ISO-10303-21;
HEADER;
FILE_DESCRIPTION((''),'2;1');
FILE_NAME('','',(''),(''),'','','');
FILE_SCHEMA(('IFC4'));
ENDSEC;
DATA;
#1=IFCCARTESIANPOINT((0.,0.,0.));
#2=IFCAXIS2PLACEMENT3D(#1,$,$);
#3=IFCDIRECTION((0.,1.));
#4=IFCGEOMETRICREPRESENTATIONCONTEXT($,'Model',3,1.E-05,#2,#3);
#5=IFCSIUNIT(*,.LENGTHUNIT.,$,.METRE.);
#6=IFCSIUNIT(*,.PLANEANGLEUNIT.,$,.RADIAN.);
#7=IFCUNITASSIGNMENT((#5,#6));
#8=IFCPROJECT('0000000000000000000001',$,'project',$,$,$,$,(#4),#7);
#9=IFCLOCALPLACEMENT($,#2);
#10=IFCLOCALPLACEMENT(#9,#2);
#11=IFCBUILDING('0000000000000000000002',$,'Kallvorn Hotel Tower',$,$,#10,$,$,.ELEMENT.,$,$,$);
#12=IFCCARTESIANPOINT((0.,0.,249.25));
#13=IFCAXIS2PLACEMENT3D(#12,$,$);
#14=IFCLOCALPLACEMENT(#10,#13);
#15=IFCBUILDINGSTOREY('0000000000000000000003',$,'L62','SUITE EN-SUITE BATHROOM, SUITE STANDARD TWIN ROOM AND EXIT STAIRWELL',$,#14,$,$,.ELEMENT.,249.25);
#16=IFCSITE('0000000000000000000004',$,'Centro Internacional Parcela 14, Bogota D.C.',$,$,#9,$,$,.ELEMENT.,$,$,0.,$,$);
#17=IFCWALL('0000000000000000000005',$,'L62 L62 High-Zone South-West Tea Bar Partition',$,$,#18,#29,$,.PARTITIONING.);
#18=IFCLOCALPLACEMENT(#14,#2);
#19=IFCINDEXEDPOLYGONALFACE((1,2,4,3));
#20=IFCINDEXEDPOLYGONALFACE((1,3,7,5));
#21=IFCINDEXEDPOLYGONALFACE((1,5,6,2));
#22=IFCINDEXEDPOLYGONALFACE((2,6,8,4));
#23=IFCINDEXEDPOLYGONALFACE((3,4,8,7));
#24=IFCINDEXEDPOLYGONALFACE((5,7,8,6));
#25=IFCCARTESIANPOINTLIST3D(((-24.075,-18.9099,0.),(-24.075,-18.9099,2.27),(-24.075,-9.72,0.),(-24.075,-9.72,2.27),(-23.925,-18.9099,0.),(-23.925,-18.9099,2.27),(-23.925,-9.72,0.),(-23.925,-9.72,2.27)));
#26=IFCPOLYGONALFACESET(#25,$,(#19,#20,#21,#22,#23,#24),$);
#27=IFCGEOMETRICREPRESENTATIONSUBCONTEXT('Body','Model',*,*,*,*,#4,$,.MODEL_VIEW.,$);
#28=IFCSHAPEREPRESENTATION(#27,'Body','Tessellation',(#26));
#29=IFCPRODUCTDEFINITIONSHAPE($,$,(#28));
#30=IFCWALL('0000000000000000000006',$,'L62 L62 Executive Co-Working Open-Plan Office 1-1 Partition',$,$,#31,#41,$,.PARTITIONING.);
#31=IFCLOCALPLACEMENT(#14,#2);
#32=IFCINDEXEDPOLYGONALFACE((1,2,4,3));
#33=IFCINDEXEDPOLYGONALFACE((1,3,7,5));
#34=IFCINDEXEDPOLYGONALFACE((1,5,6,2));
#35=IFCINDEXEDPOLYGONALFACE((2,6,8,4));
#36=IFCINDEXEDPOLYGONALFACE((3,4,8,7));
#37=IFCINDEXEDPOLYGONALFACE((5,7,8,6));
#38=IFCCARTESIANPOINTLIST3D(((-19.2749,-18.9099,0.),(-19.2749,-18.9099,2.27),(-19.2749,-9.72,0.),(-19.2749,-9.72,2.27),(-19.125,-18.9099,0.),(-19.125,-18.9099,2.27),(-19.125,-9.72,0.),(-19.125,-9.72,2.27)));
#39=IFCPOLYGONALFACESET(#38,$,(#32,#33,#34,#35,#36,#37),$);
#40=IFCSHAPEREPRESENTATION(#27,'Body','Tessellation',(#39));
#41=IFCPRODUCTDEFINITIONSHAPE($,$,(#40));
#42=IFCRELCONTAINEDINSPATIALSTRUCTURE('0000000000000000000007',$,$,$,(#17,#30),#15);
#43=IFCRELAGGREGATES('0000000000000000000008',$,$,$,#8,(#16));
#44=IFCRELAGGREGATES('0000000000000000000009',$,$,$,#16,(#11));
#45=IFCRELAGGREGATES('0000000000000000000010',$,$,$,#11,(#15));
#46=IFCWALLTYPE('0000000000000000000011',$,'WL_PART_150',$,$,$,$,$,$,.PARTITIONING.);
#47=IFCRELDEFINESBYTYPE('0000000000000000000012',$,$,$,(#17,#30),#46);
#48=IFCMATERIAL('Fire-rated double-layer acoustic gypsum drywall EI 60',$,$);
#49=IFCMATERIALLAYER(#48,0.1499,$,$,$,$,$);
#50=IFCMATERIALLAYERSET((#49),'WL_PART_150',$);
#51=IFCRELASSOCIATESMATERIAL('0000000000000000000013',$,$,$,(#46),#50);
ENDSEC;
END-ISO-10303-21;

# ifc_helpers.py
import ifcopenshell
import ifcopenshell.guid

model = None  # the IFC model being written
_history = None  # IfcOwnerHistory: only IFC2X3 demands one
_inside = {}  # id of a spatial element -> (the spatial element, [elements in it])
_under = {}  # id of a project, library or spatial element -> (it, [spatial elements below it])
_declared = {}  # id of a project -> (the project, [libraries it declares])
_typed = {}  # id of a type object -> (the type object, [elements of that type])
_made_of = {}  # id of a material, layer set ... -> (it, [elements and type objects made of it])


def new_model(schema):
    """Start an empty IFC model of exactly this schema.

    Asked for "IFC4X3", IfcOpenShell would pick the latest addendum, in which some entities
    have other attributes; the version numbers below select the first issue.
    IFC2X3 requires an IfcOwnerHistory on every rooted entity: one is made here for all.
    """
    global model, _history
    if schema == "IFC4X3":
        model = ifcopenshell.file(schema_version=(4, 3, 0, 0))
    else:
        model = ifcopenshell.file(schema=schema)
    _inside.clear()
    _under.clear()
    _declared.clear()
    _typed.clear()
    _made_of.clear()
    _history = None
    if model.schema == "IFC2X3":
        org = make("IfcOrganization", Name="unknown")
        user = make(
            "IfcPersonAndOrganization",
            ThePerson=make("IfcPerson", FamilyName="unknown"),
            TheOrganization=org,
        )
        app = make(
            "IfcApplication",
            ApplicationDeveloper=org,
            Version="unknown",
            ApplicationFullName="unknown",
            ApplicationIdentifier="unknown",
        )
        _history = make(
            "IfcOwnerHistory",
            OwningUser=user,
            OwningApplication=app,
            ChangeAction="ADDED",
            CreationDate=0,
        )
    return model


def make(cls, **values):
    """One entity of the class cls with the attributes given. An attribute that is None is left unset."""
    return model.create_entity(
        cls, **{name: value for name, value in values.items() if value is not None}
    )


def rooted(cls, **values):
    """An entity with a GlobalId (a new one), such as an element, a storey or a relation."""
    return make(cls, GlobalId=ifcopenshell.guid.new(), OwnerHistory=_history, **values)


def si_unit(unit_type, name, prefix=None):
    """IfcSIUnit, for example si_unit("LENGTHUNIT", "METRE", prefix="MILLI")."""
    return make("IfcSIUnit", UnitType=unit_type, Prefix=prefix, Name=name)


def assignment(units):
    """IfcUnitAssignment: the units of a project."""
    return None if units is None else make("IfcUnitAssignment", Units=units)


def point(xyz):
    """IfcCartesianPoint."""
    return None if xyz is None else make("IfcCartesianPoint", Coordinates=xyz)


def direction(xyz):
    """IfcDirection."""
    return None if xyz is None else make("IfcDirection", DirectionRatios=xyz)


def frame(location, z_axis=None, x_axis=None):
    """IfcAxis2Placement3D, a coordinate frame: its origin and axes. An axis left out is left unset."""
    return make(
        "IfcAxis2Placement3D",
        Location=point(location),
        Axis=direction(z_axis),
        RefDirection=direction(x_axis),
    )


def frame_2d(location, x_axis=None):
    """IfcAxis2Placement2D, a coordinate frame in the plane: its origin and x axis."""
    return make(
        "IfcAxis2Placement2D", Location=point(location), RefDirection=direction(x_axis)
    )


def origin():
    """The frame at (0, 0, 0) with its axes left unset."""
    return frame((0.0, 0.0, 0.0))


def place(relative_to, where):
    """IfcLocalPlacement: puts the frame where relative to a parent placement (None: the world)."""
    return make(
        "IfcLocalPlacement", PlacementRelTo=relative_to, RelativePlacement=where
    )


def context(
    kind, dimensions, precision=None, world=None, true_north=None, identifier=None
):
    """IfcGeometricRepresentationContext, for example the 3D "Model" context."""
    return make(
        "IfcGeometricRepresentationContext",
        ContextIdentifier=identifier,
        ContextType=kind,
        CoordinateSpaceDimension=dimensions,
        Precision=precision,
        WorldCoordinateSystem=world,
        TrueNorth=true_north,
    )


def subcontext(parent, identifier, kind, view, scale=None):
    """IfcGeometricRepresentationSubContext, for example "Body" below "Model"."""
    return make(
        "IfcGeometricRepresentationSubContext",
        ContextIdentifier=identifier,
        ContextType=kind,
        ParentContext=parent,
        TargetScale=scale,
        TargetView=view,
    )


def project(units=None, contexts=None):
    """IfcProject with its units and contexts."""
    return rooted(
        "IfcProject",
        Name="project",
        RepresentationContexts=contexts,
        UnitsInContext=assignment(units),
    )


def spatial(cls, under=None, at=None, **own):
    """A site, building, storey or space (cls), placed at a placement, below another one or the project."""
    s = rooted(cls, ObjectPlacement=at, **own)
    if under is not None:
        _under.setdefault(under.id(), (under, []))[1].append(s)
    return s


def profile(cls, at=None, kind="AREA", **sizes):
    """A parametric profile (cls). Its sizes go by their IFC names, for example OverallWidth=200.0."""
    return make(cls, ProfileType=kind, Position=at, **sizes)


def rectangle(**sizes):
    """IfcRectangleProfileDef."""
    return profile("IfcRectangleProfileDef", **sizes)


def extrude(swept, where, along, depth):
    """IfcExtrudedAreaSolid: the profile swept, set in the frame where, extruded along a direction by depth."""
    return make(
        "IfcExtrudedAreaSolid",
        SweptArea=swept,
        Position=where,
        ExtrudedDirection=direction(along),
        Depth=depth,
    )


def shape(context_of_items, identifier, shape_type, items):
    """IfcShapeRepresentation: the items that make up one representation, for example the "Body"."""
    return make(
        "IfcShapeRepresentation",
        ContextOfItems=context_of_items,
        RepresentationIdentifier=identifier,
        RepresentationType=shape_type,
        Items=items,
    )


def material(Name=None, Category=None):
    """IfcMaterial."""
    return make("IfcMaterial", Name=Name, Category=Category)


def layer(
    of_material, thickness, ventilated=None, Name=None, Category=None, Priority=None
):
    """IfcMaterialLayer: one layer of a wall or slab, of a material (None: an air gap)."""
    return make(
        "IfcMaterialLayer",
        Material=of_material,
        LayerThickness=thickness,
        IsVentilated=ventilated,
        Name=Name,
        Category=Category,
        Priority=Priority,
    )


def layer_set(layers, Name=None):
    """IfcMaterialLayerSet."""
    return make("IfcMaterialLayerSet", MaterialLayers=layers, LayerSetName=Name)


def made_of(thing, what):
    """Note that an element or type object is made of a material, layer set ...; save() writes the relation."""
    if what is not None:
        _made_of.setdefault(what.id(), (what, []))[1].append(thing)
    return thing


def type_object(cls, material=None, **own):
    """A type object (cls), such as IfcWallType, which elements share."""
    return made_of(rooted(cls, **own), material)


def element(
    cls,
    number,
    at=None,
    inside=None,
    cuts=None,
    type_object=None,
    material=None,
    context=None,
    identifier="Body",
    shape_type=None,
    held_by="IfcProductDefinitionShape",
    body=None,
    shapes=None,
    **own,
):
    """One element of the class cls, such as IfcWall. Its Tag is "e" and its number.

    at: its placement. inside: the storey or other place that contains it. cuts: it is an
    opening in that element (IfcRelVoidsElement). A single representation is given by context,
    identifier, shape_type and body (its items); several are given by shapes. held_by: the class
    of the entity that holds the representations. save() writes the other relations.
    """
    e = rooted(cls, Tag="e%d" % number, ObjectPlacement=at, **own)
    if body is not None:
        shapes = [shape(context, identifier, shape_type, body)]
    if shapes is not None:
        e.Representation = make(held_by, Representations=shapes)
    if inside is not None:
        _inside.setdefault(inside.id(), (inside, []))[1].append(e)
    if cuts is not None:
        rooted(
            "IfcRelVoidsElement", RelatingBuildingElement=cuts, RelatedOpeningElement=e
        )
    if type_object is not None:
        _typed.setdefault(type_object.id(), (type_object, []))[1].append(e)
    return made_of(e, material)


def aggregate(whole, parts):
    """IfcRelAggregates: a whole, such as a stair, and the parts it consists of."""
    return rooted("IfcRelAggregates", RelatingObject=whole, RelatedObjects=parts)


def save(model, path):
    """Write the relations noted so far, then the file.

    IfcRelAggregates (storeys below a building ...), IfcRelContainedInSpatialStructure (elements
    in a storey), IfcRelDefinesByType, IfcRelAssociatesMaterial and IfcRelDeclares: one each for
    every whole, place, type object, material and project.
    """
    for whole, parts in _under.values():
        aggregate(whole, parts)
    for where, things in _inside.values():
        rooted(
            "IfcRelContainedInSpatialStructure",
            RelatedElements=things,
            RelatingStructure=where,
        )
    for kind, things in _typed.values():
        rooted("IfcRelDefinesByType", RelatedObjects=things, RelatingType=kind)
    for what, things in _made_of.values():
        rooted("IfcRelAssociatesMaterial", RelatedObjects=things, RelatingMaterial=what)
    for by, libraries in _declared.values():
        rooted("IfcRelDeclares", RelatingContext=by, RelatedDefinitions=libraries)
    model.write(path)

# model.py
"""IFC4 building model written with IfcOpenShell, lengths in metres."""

from ifc_helpers import new_model, si_unit, direction, frame, frame_2d, origin, place, context, subcontext, project, spatial, rectangle, extrude, material, layer, layer_set, type_object, element, save


model = new_model("IFC4")

# Units and contexts
model_context = context("Model", 3, precision=1e-05, world=origin(), true_north=direction((0.0, 1.0)))
body_context = subcontext(model_context, "Body", "Model", "MODEL_VIEW")
ifc_project = project(units=[si_unit("LENGTHUNIT", "METRE"), si_unit("PLANEANGLEUNIT", "RADIAN")], contexts=[model_context])

# Site, building, storey
site_placement = place(None, origin())
site = spatial("IfcSite", under=ifc_project, at=site_placement, Name="Centro Internacional Parcela 14, Bogota D.C.", CompositionType="ELEMENT", RefElevation=0.0)
building_placement = place(site_placement, origin())
building = spatial("IfcBuilding", under=site, at=building_placement, Name="Kallvorn Hotel Tower", CompositionType="ELEMENT")
storey_placement = place(building_placement, frame((0.0, 0.0, 249.25)))
storey = spatial("IfcBuildingStorey", under=building, at=storey_placement, Name="L62", Description="SUITE EN-SUITE BATHROOM, SUITE STANDARD TWIN ROOM AND EXIT STAIRWELL", CompositionType="ELEMENT", Elevation=249.25)

# Shared definitions
ifc_material_1 = material(Name="Fire-rated double-layer acoustic gypsum drywall EI 60")
ifc_layer_1 = layer(ifc_material_1, 0.1499)
ifc_layer_set_1 = layer_set([ifc_layer_1], Name="WL_PART_150")
wall_type_1 = type_object("IfcWallType", Name="WL_PART_150", PredefinedType="PARTITIONING", material=ifc_layer_set_1)

# Walls
for number, where, z_axis, x_axis, name in (
    (1, (-24.0, -18.9099, 0.0), (0.0, 0.0, 1.0), (0.0, 1.0, 0.0), "L62 L62 High-Zone South-West Tea Bar Partition"),
    (2, (-19.2, -18.9099, 0.0), (0.0, 0.0, 1.0), (0.0, 1.0, 0.0), "L62 L62 Executive Co-Working Open-Plan Office 1-1 Partition"),
):
    element("IfcWall", number, at=place(storey_placement, frame(where, z_axis=z_axis, x_axis=x_axis)), inside=storey, type_object=wall_type_1, Name=name, PredefinedType="PARTITIONING", context=body_context, shape_type="SweptSolid", body=[
        extrude(rectangle(XDim=9.1899, YDim=0.1499, at=frame_2d((4.595, 0.0))), origin(), (0.0, 0.0, 1.0), 2.27),
    ])

save(model, "model.ifc")
